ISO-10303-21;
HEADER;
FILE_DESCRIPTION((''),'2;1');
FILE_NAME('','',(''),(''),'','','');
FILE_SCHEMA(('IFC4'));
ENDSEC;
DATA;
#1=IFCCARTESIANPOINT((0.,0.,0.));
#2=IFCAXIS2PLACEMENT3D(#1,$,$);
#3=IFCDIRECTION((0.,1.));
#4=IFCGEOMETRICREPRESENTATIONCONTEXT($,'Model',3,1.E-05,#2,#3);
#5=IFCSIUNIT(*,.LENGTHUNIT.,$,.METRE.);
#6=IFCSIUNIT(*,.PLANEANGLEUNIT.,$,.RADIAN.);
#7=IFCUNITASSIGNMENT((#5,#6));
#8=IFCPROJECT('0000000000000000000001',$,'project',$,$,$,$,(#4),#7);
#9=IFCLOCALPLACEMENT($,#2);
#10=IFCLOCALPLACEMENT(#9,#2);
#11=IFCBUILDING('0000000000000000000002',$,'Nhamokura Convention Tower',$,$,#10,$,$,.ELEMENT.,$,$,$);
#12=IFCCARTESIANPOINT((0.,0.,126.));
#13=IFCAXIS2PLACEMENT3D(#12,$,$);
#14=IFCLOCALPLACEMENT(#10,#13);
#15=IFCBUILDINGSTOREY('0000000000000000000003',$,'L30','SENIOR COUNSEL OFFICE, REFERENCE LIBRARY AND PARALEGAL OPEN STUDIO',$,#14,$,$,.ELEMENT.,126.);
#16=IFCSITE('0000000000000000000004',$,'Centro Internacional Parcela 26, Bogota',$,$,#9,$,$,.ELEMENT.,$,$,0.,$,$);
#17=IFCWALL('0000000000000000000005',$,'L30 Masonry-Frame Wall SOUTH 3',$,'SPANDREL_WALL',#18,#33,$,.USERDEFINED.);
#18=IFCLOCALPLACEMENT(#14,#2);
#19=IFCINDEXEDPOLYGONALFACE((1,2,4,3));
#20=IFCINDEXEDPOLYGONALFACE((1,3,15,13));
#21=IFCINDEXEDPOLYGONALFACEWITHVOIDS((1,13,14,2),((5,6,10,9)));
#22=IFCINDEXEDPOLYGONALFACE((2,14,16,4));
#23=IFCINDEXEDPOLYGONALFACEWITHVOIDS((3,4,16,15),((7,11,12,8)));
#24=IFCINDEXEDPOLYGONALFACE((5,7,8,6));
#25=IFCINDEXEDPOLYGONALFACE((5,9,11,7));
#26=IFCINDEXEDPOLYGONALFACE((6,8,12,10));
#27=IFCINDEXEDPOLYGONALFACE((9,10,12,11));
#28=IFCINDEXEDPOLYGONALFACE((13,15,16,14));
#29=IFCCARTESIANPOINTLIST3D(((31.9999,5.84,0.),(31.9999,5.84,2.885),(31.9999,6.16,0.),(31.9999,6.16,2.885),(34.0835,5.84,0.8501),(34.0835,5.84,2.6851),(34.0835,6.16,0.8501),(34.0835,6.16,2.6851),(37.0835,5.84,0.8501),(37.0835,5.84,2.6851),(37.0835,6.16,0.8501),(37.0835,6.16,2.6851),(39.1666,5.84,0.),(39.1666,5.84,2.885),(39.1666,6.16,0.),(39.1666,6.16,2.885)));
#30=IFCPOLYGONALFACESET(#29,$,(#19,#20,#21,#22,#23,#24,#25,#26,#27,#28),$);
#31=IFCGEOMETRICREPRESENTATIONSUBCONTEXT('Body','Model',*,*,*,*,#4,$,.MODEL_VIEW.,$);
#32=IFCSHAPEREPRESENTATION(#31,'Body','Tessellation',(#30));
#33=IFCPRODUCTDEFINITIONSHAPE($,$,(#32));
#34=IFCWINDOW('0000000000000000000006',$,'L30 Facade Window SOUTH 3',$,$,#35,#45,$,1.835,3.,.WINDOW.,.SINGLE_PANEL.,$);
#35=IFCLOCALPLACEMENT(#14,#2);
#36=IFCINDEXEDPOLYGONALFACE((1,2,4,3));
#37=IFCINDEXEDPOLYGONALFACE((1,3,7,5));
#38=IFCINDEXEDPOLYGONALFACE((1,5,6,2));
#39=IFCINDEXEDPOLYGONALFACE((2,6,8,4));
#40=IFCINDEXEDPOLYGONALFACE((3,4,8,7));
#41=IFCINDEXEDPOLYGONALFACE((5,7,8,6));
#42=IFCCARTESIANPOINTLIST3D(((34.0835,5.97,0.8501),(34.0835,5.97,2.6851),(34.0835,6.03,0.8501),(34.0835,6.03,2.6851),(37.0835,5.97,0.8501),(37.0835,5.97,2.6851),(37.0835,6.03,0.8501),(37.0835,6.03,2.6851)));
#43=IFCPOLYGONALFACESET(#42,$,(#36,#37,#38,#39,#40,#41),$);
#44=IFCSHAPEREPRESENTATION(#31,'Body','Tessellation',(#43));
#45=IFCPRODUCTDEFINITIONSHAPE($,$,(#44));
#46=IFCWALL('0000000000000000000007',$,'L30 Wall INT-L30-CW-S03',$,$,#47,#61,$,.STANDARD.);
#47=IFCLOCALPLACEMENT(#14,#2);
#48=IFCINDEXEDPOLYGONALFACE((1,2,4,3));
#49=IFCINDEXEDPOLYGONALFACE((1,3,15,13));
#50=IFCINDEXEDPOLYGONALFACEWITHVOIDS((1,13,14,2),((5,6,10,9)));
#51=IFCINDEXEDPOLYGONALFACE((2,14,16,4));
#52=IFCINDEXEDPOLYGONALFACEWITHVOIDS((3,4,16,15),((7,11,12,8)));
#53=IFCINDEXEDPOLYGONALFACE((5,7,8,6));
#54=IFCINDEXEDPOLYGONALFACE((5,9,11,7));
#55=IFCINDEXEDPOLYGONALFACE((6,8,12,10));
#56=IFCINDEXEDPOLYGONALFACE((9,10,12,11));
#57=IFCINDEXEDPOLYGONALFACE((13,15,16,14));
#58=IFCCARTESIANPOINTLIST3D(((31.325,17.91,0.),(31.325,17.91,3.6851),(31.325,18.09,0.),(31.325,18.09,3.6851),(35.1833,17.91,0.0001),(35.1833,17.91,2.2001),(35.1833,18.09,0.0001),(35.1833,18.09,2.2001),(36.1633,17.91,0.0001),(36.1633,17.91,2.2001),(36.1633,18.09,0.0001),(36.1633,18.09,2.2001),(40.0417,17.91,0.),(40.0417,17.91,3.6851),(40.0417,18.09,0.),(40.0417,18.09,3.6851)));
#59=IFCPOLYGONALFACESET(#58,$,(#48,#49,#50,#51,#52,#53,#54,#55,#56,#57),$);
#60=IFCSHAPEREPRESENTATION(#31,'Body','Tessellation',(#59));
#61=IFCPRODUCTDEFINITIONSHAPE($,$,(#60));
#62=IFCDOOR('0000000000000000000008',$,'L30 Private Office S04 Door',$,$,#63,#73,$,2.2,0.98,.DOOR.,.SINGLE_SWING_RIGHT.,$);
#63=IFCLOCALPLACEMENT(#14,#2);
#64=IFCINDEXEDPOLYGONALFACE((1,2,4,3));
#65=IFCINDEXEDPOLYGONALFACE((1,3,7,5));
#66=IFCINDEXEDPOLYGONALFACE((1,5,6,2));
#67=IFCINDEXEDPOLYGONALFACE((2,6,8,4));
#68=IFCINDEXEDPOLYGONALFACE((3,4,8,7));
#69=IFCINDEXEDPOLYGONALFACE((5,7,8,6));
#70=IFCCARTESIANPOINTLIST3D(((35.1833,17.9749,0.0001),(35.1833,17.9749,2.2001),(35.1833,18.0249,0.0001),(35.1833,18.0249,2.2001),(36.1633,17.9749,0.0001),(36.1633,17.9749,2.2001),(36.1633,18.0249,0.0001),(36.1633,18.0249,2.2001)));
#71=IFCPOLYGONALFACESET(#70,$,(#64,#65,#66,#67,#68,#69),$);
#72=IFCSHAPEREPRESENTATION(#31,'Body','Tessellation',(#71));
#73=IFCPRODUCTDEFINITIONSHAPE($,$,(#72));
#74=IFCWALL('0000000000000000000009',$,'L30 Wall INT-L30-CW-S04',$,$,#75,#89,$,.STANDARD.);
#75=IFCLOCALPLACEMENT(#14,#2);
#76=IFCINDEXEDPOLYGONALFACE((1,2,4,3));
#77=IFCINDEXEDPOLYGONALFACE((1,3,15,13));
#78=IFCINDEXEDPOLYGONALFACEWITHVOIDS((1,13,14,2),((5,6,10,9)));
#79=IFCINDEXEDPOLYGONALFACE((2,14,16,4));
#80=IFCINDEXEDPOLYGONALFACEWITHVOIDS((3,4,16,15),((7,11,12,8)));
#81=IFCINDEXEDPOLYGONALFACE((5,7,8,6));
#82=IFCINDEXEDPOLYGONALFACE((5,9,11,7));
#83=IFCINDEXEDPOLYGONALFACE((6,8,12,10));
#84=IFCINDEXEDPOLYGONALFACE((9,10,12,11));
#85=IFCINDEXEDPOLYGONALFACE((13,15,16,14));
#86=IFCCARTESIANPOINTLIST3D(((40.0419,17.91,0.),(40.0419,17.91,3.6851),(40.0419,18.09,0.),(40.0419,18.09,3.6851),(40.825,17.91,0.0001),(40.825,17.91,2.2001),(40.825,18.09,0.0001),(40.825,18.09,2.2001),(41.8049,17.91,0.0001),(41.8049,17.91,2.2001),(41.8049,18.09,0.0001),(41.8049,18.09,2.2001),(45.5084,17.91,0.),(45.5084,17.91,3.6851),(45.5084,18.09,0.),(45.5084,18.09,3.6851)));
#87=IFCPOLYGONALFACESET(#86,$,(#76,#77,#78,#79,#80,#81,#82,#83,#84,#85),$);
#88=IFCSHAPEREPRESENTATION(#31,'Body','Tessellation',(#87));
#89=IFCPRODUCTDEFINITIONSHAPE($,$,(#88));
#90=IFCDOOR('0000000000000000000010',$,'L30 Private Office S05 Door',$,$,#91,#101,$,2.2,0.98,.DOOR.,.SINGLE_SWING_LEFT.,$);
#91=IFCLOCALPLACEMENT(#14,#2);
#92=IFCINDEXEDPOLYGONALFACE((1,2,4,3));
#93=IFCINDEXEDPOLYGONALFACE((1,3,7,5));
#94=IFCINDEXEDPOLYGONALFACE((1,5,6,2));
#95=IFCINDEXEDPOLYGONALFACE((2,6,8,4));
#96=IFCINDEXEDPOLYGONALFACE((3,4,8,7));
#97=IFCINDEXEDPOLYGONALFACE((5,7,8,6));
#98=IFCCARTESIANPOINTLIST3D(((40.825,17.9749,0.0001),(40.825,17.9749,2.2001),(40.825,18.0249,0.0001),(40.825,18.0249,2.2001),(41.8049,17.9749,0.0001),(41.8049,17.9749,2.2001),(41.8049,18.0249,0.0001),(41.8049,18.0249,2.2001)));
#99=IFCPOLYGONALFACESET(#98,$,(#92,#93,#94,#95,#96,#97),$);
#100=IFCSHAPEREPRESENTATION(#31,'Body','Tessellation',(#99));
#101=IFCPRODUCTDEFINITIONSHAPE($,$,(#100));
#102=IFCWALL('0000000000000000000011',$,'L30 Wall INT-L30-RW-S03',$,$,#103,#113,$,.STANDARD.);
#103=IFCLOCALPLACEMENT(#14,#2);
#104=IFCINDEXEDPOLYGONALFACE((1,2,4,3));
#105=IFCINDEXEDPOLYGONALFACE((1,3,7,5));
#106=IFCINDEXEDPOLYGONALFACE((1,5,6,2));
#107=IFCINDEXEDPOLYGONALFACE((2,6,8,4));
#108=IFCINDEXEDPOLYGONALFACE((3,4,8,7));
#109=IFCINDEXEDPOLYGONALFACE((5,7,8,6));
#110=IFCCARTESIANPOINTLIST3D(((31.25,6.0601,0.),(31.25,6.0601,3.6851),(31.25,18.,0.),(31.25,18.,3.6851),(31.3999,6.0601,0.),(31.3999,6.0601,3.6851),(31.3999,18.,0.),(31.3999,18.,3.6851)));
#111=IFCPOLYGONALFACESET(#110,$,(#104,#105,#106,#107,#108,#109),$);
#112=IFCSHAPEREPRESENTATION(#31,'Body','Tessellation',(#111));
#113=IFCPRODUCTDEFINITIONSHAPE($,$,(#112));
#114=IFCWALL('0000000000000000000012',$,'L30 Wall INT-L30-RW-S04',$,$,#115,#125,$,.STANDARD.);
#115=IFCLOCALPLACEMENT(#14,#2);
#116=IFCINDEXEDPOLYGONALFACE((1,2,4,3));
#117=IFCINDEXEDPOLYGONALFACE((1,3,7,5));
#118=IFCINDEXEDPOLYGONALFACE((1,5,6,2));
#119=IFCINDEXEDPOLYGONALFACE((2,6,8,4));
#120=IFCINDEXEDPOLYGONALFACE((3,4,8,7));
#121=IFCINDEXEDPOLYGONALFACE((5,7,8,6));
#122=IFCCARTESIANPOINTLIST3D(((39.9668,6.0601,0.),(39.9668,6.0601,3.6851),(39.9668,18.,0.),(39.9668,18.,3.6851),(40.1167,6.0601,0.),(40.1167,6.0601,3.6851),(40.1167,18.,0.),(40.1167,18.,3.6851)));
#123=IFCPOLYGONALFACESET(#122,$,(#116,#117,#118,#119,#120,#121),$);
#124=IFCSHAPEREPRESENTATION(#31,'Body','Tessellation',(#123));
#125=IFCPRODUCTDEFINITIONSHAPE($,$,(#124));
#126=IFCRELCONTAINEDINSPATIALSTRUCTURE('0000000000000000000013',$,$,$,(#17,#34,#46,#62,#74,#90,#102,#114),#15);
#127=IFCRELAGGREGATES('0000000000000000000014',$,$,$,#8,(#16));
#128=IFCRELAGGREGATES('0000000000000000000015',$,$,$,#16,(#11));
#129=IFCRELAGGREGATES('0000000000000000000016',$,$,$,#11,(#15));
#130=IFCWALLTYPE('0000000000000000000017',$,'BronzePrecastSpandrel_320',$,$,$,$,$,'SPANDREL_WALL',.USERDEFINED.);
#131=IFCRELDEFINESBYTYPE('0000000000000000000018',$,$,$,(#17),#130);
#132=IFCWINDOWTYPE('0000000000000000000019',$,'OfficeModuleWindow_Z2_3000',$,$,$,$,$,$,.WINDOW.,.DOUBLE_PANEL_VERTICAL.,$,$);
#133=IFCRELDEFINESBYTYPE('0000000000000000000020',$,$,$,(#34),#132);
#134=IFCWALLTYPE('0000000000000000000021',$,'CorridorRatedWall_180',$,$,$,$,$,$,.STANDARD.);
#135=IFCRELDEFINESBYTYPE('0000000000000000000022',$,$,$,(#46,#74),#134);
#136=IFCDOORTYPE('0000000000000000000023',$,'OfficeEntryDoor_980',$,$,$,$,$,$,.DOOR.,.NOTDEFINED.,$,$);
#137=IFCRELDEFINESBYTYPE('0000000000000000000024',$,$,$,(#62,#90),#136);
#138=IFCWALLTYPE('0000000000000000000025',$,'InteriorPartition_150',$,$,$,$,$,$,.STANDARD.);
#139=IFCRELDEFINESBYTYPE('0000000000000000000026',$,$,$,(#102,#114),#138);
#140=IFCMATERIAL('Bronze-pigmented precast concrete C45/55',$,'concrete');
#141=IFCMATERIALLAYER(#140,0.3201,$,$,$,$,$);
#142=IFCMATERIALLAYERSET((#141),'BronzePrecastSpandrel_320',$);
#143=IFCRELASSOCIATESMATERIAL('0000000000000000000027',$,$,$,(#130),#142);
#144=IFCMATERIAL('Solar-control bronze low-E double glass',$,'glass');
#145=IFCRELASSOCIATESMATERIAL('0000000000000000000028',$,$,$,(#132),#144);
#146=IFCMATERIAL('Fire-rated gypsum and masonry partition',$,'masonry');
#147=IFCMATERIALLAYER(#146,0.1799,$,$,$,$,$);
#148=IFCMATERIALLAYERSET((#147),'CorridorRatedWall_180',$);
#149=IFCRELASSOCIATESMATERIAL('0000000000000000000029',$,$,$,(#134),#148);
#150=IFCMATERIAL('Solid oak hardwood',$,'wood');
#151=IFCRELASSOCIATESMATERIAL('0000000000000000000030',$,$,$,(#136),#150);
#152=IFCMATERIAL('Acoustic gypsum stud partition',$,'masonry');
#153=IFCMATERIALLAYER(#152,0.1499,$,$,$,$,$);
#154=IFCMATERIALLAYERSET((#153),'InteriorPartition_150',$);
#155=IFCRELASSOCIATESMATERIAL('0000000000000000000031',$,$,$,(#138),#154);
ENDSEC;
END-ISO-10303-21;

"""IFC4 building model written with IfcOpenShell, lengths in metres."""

from ifc_helpers import new_model, si_unit, direction, frame, frame_2d, origin, place, context, subcontext, project, spatial, rectangle, extrude, material, layer, layer_set, type_object, element, fill, save


model = new_model("IFC4")

# Units and contexts
model_context = context("Model", 3, precision=1e-05, world=origin(), true_north=direction((0.0, 1.0)))
body_context = subcontext(model_context, "Body", "Model", "MODEL_VIEW")
ifc_project = project(units=[si_unit("LENGTHUNIT", "METRE"), si_unit("PLANEANGLEUNIT", "RADIAN")], contexts=[model_context])

# Site, building, storey
site_placement = place(None, origin())
site = spatial("IfcSite", under=ifc_project, at=site_placement, Name="Centro Internacional Parcela 26, Bogota", CompositionType="ELEMENT", RefElevation=0.0)
building_placement = place(site_placement, origin())
building = spatial("IfcBuilding", under=site, at=building_placement, Name="Nhamokura Convention Tower", CompositionType="ELEMENT")
storey_placement = place(building_placement, frame((0.0, 0.0, 126.0)))
storey = spatial("IfcBuildingStorey", under=building, at=storey_placement, Name="L30", Description="SENIOR COUNSEL OFFICE, REFERENCE LIBRARY AND PARALEGAL OPEN STUDIO", CompositionType="ELEMENT", Elevation=126.0)

# Wall, opening, window
ifc_material_1 = material(Name="Bronze-pigmented precast concrete C45/55", Category="concrete")
ifc_layer_1 = layer(ifc_material_1, 0.3201)
ifc_layer_set_1 = layer_set([ifc_layer_1], Name="BronzePrecastSpandrel_320")
wall_type_1 = type_object("IfcWallType", Name="BronzePrecastSpandrel_320", ElementType="SPANDREL_WALL", PredefinedType="USERDEFINED", material=ifc_layer_set_1)
ifc_material_2 = material(Name="Solar-control bronze low-E double glass", Category="glass")
window_type = type_object("IfcWindowType", Name="OfficeModuleWindow_Z2_3000", PartitioningType="DOUBLE_PANEL_VERTICAL", PredefinedType="WINDOW", material=ifc_material_2)
wall_1_placement = place(storey_placement, frame((39.1667, 6.0, 0.0), z_axis=(0.0, 0.0, 1.0), x_axis=(-1.0, 0.0, 0.0)))
wall_1 = element("IfcWall", 1, at=wall_1_placement, inside=storey, type_object=wall_type_1, Name="L30 Masonry-Frame Wall SOUTH 3", ObjectType="SPANDREL_WALL", PredefinedType="USERDEFINED", context=body_context, shape_type="SweptSolid", body=[
    extrude(rectangle(XDim=7.1667, YDim=0.3201, at=frame_2d((3.5835, 0.0))), origin(), (0.0, 0.0, 1.0), 2.885),
])
opening_1_placement = place(wall_1_placement, frame((2.0833, 0.0, 0.8501)))
opening_1 = element("IfcOpeningElement", 2, at=opening_1_placement, cuts=wall_1, PredefinedType="OPENING", context=body_context, shape_type="SweptSolid", body=[
    extrude(rectangle(XDim=3.0, YDim=1.835, at=frame_2d((1.5, 0.9175))), frame((0.0, 0.1699, 0.0), z_axis=(0.0, -1.0, 0.0), x_axis=(1.0, 0.0, 0.0)), (0.0, 0.0, 1.0), 0.3401),
])
window_1_placement = place(opening_1_placement, origin())
window_1 = element("IfcWindow", 3, at=window_1_placement, inside=storey, type_object=window_type, Name="L30 Facade Window SOUTH 3", OverallHeight=1.835, OverallWidth=3.0, PartitioningType="SINGLE_PANEL", PredefinedType="WINDOW", context=body_context, shape_type="SweptSolid", body=[
    extrude(rectangle(XDim=3.0, YDim=1.835, at=frame_2d((1.5, 0.9175))), frame((0.0, 0.03, 0.0), z_axis=(0.0, -1.0, 0.0), x_axis=(1.0, 0.0, 0.0)), (0.0, 0.0, 1.0), 0.0601),
])
fill(opening_1, window_1)

# Walls, openings, doors
ifc_material_3 = material(Name="Fire-rated gypsum and masonry partition", Category="masonry")
ifc_layer_2 = layer(ifc_material_3, 0.1799)
ifc_layer_set_2 = layer_set([ifc_layer_2], Name="CorridorRatedWall_180")
wall_type_2 = type_object("IfcWallType", Name="CorridorRatedWall_180", PredefinedType="STANDARD", material=ifc_layer_set_2)
wall_2_placement = place(storey_placement, frame((31.325, 18.0, 0.0), z_axis=(0.0, 0.0, 1.0), x_axis=(1.0, 0.0, 0.0)))
wall_2 = element("IfcWall", 4, at=wall_2_placement, inside=storey, type_object=wall_type_2, Name="L30 Wall INT-L30-CW-S03", PredefinedType="STANDARD", context=body_context, shape_type="SweptSolid", body=[
    extrude(rectangle(XDim=8.7168, YDim=0.1799, at=frame_2d((4.3584, 0.0))), origin(), (0.0, 0.0, 1.0), 3.6851),
])
opening_2_placement = place(wall_2_placement, frame((3.8584, 0.0, 0.0)))
opening_2 = element("IfcOpeningElement", 5, at=opening_2_placement, cuts=wall_2, PredefinedType="OPENING", context=body_context, shape_type="SweptSolid", body=[
    extrude(rectangle(XDim=0.98, YDim=2.2, at=frame_2d((0.49, 1.1001))), frame((0.0, 0.0999, 0.0), z_axis=(0.0, -1.0, 0.0), x_axis=(1.0, 0.0, 0.0)), (0.0, 0.0, 1.0), 0.2),
])
ifc_material_4 = material(Name="Solid oak hardwood", Category="wood")
door_type = type_object("IfcDoorType", Name="OfficeEntryDoor_980", OperationType="NOTDEFINED", PredefinedType="DOOR", material=ifc_material_4)
door_1_placement = place(opening_2_placement, origin())
door_1 = element("IfcDoor", 6, at=door_1_placement, inside=storey, type_object=door_type, Name="L30 Private Office S04 Door", OperationType="SINGLE_SWING_RIGHT", OverallHeight=2.2, OverallWidth=0.98, PredefinedType="DOOR", context=body_context, shape_type="SweptSolid", body=[
    extrude(rectangle(XDim=0.98, YDim=2.2, at=frame_2d((0.49, 1.1001))), frame((0.0, 0.0249, 0.0), z_axis=(0.0, -1.0, 0.0), x_axis=(1.0, 0.0, 0.0)), (0.0, 0.0, 1.0), 0.05),
])
fill(opening_2, door_1)
wall_3_placement = place(storey_placement, frame((40.0417, 18.0, 0.0), z_axis=(0.0, 0.0, 1.0), x_axis=(1.0, 0.0, 0.0)))
wall_3 = element("IfcWall", 7, at=wall_3_placement, inside=storey, type_object=wall_type_2, Name="L30 Wall INT-L30-CW-S04", PredefinedType="STANDARD", context=body_context, shape_type="SweptSolid", body=[
    extrude(rectangle(XDim=5.4666, YDim=0.1799, at=frame_2d((2.7334, 0.0))), origin(), (0.0, 0.0, 1.0), 3.6851),
])
opening_3_placement = place(wall_3_placement, frame((0.7832, 0.0, 0.0)))
opening_3 = element("IfcOpeningElement", 8, at=opening_3_placement, cuts=wall_3, PredefinedType="OPENING", context=body_context, shape_type="SweptSolid", body=[
    extrude(rectangle(XDim=0.98, YDim=2.2, at=frame_2d((0.49, 1.1001))), frame((0.0, 0.0999, 0.0), z_axis=(0.0, -1.0, 0.0), x_axis=(1.0, 0.0, 0.0)), (0.0, 0.0, 1.0), 0.2),
])
door_2_placement = place(opening_3_placement, origin())
door_2 = element("IfcDoor", 9, at=door_2_placement, inside=storey, type_object=door_type, Name="L30 Private Office S05 Door", OperationType="SINGLE_SWING_LEFT", OverallHeight=2.2, OverallWidth=0.98, PredefinedType="DOOR", context=body_context, shape_type="SweptSolid", body=[
    extrude(rectangle(XDim=0.98, YDim=2.2, at=frame_2d((0.49, 1.1001))), frame((0.0, 0.0249, 0.0), z_axis=(0.0, -1.0, 0.0), x_axis=(1.0, 0.0, 0.0)), (0.0, 0.0, 1.0), 0.05),
])
fill(opening_3, door_2)

# Walls
ifc_material_5 = material(Name="Acoustic gypsum stud partition", Category="masonry")
ifc_layer_3 = layer(ifc_material_5, 0.1499)
ifc_layer_set_3 = layer_set([ifc_layer_3], Name="InteriorPartition_150")
wall_type_3 = type_object("IfcWallType", Name="InteriorPartition_150", PredefinedType="STANDARD", material=ifc_layer_set_3)
for number, where, z_axis, x_axis, name in (
    (10, (31.325, 6.0601, 0.0), (0.0, 0.0, 1.0), (0.0, 1.0, 0.0), "L30 Wall INT-L30-RW-S03"),
    (11, (40.0417, 6.0601, 0.0), (0.0, 0.0, 1.0), (0.0, 1.0, 0.0), "L30 Wall INT-L30-RW-S04"),
):
    element("IfcWall", number, at=place(storey_placement, frame(where, z_axis=z_axis, x_axis=x_axis)), inside=storey, type_object=wall_type_3, Name=name, PredefinedType="STANDARD", context=body_context, shape_type="SweptSolid", body=[
        extrude(rectangle(XDim=11.9399, YDim=0.1499, at=frame_2d((5.97, 0.0))), origin(), (0.0, 0.0, 1.0), 3.6851),
    ])

save(model, "model.ifc")
